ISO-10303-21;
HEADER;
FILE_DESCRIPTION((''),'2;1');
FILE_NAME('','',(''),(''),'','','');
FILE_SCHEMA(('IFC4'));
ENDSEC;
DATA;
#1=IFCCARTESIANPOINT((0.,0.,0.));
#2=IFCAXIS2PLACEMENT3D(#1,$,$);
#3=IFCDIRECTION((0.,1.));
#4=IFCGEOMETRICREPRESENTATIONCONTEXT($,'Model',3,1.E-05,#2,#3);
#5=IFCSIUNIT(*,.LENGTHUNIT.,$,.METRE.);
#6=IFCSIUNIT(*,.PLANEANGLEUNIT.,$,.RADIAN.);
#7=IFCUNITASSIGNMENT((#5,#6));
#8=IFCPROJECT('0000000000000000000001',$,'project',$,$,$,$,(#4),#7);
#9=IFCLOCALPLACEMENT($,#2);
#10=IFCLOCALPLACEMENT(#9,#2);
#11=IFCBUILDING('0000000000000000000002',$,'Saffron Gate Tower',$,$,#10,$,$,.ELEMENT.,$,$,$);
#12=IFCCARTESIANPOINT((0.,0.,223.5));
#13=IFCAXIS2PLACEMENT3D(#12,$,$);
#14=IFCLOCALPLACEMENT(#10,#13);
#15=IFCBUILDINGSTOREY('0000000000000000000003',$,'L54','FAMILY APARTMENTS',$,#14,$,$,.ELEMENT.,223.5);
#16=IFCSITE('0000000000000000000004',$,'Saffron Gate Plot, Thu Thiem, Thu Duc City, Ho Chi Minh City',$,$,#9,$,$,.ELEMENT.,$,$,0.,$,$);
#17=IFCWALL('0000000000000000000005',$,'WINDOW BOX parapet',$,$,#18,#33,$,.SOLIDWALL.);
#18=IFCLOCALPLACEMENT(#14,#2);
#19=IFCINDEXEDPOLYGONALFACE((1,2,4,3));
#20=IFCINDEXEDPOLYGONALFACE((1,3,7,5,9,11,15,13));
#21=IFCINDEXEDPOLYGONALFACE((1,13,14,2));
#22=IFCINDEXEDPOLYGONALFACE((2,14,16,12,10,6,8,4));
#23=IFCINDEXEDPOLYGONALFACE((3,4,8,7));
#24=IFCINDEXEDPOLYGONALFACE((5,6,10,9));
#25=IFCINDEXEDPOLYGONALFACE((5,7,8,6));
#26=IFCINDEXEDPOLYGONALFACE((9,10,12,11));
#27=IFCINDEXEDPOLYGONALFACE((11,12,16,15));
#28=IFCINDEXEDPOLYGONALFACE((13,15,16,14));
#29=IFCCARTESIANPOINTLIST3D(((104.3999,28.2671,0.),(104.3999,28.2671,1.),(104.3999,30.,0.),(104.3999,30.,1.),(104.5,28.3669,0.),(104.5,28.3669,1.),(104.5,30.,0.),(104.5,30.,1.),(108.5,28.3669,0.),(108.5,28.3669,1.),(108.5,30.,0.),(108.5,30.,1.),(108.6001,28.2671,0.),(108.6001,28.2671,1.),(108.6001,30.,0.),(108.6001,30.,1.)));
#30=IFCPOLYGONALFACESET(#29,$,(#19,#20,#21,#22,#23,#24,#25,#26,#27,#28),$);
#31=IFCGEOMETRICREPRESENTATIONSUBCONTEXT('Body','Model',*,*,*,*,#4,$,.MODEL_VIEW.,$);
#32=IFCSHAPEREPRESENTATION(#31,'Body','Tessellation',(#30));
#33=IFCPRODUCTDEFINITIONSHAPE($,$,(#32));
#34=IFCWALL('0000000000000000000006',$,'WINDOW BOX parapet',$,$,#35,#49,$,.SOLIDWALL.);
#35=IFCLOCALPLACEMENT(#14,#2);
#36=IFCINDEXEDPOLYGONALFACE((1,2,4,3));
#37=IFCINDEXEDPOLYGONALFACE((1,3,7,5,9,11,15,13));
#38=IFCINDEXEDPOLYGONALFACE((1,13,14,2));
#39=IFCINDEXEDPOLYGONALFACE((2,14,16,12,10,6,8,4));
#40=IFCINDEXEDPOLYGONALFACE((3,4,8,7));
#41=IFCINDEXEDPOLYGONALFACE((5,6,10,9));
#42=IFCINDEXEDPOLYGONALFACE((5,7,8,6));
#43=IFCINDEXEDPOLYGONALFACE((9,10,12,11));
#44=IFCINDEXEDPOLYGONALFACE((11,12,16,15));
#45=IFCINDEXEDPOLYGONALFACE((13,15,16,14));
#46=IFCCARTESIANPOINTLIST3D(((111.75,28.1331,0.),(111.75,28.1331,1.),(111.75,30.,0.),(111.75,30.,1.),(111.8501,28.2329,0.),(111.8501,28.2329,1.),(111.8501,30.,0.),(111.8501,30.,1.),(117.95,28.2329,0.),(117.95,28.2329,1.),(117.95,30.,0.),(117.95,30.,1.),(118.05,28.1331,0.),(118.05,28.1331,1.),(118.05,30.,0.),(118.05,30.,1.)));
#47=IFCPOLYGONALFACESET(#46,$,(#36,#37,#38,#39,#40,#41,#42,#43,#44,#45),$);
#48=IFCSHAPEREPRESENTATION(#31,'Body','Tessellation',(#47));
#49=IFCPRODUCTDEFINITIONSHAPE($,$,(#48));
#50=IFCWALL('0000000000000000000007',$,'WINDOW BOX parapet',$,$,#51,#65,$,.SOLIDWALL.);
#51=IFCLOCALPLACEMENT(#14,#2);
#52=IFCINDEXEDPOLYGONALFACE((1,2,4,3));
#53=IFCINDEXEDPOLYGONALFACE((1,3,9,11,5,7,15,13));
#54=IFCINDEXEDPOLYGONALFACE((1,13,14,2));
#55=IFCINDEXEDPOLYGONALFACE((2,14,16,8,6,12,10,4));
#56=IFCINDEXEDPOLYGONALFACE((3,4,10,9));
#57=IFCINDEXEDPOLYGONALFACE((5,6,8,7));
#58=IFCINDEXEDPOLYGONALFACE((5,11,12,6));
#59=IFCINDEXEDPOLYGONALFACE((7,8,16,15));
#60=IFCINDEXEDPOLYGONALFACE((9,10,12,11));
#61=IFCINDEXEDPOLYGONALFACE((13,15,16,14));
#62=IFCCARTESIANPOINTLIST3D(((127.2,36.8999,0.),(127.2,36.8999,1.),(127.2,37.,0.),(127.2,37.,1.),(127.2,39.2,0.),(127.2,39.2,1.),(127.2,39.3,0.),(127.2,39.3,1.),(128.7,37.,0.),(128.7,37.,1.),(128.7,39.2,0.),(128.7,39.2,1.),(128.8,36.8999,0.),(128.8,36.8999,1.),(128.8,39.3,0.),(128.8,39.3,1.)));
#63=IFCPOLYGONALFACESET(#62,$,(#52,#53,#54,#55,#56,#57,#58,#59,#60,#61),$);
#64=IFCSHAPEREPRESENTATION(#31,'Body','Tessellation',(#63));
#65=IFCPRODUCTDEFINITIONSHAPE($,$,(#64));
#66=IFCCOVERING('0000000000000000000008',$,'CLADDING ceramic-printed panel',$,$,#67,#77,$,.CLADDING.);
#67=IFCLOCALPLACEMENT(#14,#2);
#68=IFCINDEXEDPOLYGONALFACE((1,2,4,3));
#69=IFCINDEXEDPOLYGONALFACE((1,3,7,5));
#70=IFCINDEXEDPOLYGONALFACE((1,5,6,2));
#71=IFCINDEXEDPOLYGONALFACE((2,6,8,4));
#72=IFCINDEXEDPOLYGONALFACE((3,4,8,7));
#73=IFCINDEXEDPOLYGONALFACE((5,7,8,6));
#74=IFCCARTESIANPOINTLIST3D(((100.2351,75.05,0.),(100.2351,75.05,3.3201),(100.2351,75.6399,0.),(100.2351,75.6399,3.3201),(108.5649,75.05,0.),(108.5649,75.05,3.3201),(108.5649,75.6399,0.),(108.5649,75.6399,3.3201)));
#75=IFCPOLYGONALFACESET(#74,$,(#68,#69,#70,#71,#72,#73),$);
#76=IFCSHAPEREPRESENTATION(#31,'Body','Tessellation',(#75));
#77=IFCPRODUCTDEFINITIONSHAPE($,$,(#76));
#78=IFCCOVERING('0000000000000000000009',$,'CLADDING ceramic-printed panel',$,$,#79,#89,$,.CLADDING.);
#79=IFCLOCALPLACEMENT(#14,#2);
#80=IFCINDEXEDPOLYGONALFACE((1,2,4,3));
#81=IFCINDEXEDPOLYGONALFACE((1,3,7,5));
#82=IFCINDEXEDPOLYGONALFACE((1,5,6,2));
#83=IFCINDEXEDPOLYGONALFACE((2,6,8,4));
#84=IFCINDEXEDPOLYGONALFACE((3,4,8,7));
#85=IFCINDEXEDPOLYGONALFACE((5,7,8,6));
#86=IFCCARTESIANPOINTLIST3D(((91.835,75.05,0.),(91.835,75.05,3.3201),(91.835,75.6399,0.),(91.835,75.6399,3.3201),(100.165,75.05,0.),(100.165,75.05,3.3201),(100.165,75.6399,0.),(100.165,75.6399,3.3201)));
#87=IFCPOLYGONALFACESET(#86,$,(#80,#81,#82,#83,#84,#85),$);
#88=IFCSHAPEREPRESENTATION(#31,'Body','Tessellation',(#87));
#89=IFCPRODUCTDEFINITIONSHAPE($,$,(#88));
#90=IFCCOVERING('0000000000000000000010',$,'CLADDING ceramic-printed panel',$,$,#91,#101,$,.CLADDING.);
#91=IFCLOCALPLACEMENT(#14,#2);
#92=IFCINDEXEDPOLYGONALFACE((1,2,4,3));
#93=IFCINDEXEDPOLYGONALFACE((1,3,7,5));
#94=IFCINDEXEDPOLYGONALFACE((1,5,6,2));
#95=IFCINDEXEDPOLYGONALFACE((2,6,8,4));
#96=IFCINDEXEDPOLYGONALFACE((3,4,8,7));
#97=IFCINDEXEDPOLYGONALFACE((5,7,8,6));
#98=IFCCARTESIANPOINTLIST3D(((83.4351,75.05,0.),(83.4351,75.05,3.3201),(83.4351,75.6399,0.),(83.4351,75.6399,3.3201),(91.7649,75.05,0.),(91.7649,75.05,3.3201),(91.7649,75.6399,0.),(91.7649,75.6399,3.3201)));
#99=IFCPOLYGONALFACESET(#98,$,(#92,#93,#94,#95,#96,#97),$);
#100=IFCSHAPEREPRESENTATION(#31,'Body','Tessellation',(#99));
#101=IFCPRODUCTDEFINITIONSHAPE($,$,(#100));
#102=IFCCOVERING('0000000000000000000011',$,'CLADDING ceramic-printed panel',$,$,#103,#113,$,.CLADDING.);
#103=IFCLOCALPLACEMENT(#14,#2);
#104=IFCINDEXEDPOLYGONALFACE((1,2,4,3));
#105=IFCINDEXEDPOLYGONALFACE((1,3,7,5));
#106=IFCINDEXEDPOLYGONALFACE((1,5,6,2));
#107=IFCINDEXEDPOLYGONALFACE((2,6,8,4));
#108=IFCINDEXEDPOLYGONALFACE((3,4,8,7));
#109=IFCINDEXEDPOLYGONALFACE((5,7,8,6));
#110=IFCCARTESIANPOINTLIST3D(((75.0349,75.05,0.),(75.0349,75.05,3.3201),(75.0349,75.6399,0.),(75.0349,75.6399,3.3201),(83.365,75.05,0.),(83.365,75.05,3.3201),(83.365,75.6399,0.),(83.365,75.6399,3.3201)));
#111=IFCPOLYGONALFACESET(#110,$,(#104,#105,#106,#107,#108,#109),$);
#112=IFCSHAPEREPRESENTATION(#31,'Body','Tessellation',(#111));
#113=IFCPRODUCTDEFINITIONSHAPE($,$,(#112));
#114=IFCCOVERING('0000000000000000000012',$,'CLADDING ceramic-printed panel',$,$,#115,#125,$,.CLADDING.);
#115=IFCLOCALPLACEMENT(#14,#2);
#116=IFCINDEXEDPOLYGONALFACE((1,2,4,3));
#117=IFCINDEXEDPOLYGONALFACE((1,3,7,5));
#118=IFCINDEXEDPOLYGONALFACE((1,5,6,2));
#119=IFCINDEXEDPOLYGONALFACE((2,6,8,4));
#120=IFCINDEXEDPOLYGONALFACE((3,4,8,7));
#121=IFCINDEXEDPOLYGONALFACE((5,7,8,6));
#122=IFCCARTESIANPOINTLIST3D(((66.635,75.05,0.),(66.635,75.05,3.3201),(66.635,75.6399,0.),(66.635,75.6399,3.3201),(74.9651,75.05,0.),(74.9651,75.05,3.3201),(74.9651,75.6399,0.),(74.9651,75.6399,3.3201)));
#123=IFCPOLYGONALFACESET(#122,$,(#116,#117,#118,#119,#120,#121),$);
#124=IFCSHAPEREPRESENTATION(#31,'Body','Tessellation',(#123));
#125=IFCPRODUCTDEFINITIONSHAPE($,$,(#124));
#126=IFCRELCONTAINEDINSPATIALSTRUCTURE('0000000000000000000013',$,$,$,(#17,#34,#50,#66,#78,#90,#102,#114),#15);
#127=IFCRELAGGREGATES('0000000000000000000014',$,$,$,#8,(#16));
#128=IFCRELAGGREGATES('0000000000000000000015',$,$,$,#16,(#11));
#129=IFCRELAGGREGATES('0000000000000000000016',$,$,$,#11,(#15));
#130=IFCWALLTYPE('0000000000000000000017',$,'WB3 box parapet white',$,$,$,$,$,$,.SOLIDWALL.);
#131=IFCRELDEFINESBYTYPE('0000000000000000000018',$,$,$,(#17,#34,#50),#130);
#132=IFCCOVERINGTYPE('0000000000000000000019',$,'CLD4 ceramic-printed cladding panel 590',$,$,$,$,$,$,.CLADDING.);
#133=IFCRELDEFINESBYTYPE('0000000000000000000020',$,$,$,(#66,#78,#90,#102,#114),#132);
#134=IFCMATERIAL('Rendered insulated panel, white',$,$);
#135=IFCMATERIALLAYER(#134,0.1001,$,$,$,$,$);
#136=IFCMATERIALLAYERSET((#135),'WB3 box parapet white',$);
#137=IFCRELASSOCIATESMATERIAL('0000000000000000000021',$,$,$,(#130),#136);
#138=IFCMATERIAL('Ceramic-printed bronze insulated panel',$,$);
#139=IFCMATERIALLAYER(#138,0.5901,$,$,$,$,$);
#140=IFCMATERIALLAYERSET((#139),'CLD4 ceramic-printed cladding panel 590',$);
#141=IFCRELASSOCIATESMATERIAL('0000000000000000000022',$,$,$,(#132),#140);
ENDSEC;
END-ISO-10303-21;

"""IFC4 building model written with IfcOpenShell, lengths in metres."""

from ifc_helpers import new_model, si_unit, direction, frame, origin, place, context, subcontext, project, spatial, polyline, outline, extrude, material, layer, layer_set, type_object, element, save


model = new_model("IFC4")

# Units and contexts
model_context = context("Model", 3, precision=1e-05, world=origin(), true_north=direction((0.0, 1.0)))
body_context = subcontext(model_context, "Body", "Model", "MODEL_VIEW")
ifc_project = project(units=[si_unit("LENGTHUNIT", "METRE"), si_unit("PLANEANGLEUNIT", "RADIAN")], contexts=[model_context])

# Site, building, storey
site_placement = place(None, origin())
site = spatial("IfcSite", under=ifc_project, at=site_placement, Name="Saffron Gate Plot, Thu Thiem, Thu Duc City, Ho Chi Minh City", CompositionType="ELEMENT", RefElevation=0.0)
building_placement = place(site_placement, origin())
building = spatial("IfcBuilding", under=site, at=building_placement, Name="Saffron Gate Tower", CompositionType="ELEMENT")
storey_placement = place(building_placement, frame((0.0, 0.0, 223.5)))
storey = spatial("IfcBuildingStorey", under=building, at=storey_placement, Name="L54", Description="FAMILY APARTMENTS", CompositionType="ELEMENT", Elevation=223.5)

# Walls
ifc_material_1 = material(Name="Rendered insulated panel, white")
ifc_layer_1 = layer(ifc_material_1, 0.1001)
ifc_layer_set_1 = layer_set([ifc_layer_1], Name="WB3 box parapet white")
wall_type = type_object("IfcWallType", Name="WB3 box parapet white", PredefinedType="SOLIDWALL", material=ifc_layer_set_1)
wall_1_placement = place(storey_placement, origin())
element("IfcWall", 1, at=wall_1_placement, inside=storey, type_object=wall_type, Name="WINDOW BOX parapet", PredefinedType="SOLIDWALL", context=body_context, shape_type="SweptSolid", body=[
    extrude(outline(polyline([(104.3999, 30.0), (104.5, 30.0), (104.5, 28.3669), (108.5, 28.3669), (108.5, 30.0), (108.6001, 30.0), (108.6001, 28.2671), (104.3999, 28.2671), (104.3999, 30.0)])), origin(), (0.0, 0.0, 1.0), 1.0),
])
wall_2_placement = place(storey_placement, origin())
element("IfcWall", 2, at=wall_2_placement, inside=storey, type_object=wall_type, Name="WINDOW BOX parapet", PredefinedType="SOLIDWALL", context=body_context, shape_type="SweptSolid", body=[
    extrude(outline(polyline([(111.75, 30.0), (111.8501, 30.0), (111.8501, 28.2329), (117.95, 28.2329), (117.95, 30.0), (118.05, 30.0), (118.05, 28.1331), (111.75, 28.1331), (111.75, 30.0)])), origin(), (0.0, 0.0, 1.0), 1.0),
])
wall_3_placement = place(storey_placement, origin())
element("IfcWall", 3, at=wall_3_placement, inside=storey, type_object=wall_type, Name="WINDOW BOX parapet", PredefinedType="SOLIDWALL", context=body_context, shape_type="SweptSolid", body=[
    extrude(outline(polyline([(127.2, 36.8999), (127.2, 37.0), (128.7, 37.0), (128.7, 39.2), (127.2, 39.2), (127.2, 39.3), (128.8, 39.3), (128.8, 36.8999), (127.2, 36.8999)])), origin(), (0.0, 0.0, 1.0), 1.0),
])

# Coverings
ifc_material_2 = material(Name="Ceramic-printed bronze insulated panel")
ifc_layer_2 = layer(ifc_material_2, 0.5901)
ifc_layer_set_2 = layer_set([ifc_layer_2], Name="CLD4 ceramic-printed cladding panel 590")
covering_type = type_object("IfcCoveringType", Name="CLD4 ceramic-printed cladding panel 590", PredefinedType="CLADDING", material=ifc_layer_set_2)
covering_1_placement = place(storey_placement, origin())
element("IfcCovering", 4, at=covering_1_placement, inside=storey, type_object=covering_type, Name="CLADDING ceramic-printed panel", PredefinedType="CLADDING", context=body_context, shape_type="SweptSolid", body=[
    extrude(outline(polyline([(108.5649, 75.6399), (100.2351, 75.6399), (100.2351, 75.05), (108.5649, 75.05), (108.5649, 75.6399)])), origin(), (0.0, 0.0, 1.0), 3.3201),
])
covering_2_placement = place(storey_placement, origin())
element("IfcCovering", 5, at=covering_2_placement, inside=storey, type_object=covering_type, Name="CLADDING ceramic-printed panel", PredefinedType="CLADDING", context=body_context, shape_type="SweptSolid", body=[
    extrude(outline(polyline([(100.165, 75.6399), (91.835, 75.6399), (91.835, 75.05), (100.165, 75.05), (100.165, 75.6399)])), origin(), (0.0, 0.0, 1.0), 3.3201),
])
covering_3_placement = place(storey_placement, origin())
element("IfcCovering", 6, at=covering_3_placement, inside=storey, type_object=covering_type, Name="CLADDING ceramic-printed panel", PredefinedType="CLADDING", context=body_context, shape_type="SweptSolid", body=[
    extrude(outline(polyline([(91.7649, 75.6399), (83.4351, 75.6399), (83.4351, 75.05), (91.7649, 75.05), (91.7649, 75.6399)])), origin(), (0.0, 0.0, 1.0), 3.3201),
])
covering_4_placement = place(storey_placement, origin())
element("IfcCovering", 7, at=covering_4_placement, inside=storey, type_object=covering_type, Name="CLADDING ceramic-printed panel", PredefinedType="CLADDING", context=body_context, shape_type="SweptSolid", body=[
    extrude(outline(polyline([(83.365, 75.6399), (75.0349, 75.6399), (75.0349, 75.05), (83.365, 75.05), (83.365, 75.6399)])), origin(), (0.0, 0.0, 1.0), 3.3201),
])
covering_5_placement = place(storey_placement, origin())
element("IfcCovering", 8, at=covering_5_placement, inside=storey, type_object=covering_type, Name="CLADDING ceramic-printed panel", PredefinedType="CLADDING", context=body_context, shape_type="SweptSolid", body=[
    extrude(outline(polyline([(74.9651, 75.6399), (66.635, 75.6399), (66.635, 75.05), (74.9651, 75.05), (74.9651, 75.6399)])), origin(), (0.0, 0.0, 1.0), 3.3201),
])

save(model, "model.ifc")
